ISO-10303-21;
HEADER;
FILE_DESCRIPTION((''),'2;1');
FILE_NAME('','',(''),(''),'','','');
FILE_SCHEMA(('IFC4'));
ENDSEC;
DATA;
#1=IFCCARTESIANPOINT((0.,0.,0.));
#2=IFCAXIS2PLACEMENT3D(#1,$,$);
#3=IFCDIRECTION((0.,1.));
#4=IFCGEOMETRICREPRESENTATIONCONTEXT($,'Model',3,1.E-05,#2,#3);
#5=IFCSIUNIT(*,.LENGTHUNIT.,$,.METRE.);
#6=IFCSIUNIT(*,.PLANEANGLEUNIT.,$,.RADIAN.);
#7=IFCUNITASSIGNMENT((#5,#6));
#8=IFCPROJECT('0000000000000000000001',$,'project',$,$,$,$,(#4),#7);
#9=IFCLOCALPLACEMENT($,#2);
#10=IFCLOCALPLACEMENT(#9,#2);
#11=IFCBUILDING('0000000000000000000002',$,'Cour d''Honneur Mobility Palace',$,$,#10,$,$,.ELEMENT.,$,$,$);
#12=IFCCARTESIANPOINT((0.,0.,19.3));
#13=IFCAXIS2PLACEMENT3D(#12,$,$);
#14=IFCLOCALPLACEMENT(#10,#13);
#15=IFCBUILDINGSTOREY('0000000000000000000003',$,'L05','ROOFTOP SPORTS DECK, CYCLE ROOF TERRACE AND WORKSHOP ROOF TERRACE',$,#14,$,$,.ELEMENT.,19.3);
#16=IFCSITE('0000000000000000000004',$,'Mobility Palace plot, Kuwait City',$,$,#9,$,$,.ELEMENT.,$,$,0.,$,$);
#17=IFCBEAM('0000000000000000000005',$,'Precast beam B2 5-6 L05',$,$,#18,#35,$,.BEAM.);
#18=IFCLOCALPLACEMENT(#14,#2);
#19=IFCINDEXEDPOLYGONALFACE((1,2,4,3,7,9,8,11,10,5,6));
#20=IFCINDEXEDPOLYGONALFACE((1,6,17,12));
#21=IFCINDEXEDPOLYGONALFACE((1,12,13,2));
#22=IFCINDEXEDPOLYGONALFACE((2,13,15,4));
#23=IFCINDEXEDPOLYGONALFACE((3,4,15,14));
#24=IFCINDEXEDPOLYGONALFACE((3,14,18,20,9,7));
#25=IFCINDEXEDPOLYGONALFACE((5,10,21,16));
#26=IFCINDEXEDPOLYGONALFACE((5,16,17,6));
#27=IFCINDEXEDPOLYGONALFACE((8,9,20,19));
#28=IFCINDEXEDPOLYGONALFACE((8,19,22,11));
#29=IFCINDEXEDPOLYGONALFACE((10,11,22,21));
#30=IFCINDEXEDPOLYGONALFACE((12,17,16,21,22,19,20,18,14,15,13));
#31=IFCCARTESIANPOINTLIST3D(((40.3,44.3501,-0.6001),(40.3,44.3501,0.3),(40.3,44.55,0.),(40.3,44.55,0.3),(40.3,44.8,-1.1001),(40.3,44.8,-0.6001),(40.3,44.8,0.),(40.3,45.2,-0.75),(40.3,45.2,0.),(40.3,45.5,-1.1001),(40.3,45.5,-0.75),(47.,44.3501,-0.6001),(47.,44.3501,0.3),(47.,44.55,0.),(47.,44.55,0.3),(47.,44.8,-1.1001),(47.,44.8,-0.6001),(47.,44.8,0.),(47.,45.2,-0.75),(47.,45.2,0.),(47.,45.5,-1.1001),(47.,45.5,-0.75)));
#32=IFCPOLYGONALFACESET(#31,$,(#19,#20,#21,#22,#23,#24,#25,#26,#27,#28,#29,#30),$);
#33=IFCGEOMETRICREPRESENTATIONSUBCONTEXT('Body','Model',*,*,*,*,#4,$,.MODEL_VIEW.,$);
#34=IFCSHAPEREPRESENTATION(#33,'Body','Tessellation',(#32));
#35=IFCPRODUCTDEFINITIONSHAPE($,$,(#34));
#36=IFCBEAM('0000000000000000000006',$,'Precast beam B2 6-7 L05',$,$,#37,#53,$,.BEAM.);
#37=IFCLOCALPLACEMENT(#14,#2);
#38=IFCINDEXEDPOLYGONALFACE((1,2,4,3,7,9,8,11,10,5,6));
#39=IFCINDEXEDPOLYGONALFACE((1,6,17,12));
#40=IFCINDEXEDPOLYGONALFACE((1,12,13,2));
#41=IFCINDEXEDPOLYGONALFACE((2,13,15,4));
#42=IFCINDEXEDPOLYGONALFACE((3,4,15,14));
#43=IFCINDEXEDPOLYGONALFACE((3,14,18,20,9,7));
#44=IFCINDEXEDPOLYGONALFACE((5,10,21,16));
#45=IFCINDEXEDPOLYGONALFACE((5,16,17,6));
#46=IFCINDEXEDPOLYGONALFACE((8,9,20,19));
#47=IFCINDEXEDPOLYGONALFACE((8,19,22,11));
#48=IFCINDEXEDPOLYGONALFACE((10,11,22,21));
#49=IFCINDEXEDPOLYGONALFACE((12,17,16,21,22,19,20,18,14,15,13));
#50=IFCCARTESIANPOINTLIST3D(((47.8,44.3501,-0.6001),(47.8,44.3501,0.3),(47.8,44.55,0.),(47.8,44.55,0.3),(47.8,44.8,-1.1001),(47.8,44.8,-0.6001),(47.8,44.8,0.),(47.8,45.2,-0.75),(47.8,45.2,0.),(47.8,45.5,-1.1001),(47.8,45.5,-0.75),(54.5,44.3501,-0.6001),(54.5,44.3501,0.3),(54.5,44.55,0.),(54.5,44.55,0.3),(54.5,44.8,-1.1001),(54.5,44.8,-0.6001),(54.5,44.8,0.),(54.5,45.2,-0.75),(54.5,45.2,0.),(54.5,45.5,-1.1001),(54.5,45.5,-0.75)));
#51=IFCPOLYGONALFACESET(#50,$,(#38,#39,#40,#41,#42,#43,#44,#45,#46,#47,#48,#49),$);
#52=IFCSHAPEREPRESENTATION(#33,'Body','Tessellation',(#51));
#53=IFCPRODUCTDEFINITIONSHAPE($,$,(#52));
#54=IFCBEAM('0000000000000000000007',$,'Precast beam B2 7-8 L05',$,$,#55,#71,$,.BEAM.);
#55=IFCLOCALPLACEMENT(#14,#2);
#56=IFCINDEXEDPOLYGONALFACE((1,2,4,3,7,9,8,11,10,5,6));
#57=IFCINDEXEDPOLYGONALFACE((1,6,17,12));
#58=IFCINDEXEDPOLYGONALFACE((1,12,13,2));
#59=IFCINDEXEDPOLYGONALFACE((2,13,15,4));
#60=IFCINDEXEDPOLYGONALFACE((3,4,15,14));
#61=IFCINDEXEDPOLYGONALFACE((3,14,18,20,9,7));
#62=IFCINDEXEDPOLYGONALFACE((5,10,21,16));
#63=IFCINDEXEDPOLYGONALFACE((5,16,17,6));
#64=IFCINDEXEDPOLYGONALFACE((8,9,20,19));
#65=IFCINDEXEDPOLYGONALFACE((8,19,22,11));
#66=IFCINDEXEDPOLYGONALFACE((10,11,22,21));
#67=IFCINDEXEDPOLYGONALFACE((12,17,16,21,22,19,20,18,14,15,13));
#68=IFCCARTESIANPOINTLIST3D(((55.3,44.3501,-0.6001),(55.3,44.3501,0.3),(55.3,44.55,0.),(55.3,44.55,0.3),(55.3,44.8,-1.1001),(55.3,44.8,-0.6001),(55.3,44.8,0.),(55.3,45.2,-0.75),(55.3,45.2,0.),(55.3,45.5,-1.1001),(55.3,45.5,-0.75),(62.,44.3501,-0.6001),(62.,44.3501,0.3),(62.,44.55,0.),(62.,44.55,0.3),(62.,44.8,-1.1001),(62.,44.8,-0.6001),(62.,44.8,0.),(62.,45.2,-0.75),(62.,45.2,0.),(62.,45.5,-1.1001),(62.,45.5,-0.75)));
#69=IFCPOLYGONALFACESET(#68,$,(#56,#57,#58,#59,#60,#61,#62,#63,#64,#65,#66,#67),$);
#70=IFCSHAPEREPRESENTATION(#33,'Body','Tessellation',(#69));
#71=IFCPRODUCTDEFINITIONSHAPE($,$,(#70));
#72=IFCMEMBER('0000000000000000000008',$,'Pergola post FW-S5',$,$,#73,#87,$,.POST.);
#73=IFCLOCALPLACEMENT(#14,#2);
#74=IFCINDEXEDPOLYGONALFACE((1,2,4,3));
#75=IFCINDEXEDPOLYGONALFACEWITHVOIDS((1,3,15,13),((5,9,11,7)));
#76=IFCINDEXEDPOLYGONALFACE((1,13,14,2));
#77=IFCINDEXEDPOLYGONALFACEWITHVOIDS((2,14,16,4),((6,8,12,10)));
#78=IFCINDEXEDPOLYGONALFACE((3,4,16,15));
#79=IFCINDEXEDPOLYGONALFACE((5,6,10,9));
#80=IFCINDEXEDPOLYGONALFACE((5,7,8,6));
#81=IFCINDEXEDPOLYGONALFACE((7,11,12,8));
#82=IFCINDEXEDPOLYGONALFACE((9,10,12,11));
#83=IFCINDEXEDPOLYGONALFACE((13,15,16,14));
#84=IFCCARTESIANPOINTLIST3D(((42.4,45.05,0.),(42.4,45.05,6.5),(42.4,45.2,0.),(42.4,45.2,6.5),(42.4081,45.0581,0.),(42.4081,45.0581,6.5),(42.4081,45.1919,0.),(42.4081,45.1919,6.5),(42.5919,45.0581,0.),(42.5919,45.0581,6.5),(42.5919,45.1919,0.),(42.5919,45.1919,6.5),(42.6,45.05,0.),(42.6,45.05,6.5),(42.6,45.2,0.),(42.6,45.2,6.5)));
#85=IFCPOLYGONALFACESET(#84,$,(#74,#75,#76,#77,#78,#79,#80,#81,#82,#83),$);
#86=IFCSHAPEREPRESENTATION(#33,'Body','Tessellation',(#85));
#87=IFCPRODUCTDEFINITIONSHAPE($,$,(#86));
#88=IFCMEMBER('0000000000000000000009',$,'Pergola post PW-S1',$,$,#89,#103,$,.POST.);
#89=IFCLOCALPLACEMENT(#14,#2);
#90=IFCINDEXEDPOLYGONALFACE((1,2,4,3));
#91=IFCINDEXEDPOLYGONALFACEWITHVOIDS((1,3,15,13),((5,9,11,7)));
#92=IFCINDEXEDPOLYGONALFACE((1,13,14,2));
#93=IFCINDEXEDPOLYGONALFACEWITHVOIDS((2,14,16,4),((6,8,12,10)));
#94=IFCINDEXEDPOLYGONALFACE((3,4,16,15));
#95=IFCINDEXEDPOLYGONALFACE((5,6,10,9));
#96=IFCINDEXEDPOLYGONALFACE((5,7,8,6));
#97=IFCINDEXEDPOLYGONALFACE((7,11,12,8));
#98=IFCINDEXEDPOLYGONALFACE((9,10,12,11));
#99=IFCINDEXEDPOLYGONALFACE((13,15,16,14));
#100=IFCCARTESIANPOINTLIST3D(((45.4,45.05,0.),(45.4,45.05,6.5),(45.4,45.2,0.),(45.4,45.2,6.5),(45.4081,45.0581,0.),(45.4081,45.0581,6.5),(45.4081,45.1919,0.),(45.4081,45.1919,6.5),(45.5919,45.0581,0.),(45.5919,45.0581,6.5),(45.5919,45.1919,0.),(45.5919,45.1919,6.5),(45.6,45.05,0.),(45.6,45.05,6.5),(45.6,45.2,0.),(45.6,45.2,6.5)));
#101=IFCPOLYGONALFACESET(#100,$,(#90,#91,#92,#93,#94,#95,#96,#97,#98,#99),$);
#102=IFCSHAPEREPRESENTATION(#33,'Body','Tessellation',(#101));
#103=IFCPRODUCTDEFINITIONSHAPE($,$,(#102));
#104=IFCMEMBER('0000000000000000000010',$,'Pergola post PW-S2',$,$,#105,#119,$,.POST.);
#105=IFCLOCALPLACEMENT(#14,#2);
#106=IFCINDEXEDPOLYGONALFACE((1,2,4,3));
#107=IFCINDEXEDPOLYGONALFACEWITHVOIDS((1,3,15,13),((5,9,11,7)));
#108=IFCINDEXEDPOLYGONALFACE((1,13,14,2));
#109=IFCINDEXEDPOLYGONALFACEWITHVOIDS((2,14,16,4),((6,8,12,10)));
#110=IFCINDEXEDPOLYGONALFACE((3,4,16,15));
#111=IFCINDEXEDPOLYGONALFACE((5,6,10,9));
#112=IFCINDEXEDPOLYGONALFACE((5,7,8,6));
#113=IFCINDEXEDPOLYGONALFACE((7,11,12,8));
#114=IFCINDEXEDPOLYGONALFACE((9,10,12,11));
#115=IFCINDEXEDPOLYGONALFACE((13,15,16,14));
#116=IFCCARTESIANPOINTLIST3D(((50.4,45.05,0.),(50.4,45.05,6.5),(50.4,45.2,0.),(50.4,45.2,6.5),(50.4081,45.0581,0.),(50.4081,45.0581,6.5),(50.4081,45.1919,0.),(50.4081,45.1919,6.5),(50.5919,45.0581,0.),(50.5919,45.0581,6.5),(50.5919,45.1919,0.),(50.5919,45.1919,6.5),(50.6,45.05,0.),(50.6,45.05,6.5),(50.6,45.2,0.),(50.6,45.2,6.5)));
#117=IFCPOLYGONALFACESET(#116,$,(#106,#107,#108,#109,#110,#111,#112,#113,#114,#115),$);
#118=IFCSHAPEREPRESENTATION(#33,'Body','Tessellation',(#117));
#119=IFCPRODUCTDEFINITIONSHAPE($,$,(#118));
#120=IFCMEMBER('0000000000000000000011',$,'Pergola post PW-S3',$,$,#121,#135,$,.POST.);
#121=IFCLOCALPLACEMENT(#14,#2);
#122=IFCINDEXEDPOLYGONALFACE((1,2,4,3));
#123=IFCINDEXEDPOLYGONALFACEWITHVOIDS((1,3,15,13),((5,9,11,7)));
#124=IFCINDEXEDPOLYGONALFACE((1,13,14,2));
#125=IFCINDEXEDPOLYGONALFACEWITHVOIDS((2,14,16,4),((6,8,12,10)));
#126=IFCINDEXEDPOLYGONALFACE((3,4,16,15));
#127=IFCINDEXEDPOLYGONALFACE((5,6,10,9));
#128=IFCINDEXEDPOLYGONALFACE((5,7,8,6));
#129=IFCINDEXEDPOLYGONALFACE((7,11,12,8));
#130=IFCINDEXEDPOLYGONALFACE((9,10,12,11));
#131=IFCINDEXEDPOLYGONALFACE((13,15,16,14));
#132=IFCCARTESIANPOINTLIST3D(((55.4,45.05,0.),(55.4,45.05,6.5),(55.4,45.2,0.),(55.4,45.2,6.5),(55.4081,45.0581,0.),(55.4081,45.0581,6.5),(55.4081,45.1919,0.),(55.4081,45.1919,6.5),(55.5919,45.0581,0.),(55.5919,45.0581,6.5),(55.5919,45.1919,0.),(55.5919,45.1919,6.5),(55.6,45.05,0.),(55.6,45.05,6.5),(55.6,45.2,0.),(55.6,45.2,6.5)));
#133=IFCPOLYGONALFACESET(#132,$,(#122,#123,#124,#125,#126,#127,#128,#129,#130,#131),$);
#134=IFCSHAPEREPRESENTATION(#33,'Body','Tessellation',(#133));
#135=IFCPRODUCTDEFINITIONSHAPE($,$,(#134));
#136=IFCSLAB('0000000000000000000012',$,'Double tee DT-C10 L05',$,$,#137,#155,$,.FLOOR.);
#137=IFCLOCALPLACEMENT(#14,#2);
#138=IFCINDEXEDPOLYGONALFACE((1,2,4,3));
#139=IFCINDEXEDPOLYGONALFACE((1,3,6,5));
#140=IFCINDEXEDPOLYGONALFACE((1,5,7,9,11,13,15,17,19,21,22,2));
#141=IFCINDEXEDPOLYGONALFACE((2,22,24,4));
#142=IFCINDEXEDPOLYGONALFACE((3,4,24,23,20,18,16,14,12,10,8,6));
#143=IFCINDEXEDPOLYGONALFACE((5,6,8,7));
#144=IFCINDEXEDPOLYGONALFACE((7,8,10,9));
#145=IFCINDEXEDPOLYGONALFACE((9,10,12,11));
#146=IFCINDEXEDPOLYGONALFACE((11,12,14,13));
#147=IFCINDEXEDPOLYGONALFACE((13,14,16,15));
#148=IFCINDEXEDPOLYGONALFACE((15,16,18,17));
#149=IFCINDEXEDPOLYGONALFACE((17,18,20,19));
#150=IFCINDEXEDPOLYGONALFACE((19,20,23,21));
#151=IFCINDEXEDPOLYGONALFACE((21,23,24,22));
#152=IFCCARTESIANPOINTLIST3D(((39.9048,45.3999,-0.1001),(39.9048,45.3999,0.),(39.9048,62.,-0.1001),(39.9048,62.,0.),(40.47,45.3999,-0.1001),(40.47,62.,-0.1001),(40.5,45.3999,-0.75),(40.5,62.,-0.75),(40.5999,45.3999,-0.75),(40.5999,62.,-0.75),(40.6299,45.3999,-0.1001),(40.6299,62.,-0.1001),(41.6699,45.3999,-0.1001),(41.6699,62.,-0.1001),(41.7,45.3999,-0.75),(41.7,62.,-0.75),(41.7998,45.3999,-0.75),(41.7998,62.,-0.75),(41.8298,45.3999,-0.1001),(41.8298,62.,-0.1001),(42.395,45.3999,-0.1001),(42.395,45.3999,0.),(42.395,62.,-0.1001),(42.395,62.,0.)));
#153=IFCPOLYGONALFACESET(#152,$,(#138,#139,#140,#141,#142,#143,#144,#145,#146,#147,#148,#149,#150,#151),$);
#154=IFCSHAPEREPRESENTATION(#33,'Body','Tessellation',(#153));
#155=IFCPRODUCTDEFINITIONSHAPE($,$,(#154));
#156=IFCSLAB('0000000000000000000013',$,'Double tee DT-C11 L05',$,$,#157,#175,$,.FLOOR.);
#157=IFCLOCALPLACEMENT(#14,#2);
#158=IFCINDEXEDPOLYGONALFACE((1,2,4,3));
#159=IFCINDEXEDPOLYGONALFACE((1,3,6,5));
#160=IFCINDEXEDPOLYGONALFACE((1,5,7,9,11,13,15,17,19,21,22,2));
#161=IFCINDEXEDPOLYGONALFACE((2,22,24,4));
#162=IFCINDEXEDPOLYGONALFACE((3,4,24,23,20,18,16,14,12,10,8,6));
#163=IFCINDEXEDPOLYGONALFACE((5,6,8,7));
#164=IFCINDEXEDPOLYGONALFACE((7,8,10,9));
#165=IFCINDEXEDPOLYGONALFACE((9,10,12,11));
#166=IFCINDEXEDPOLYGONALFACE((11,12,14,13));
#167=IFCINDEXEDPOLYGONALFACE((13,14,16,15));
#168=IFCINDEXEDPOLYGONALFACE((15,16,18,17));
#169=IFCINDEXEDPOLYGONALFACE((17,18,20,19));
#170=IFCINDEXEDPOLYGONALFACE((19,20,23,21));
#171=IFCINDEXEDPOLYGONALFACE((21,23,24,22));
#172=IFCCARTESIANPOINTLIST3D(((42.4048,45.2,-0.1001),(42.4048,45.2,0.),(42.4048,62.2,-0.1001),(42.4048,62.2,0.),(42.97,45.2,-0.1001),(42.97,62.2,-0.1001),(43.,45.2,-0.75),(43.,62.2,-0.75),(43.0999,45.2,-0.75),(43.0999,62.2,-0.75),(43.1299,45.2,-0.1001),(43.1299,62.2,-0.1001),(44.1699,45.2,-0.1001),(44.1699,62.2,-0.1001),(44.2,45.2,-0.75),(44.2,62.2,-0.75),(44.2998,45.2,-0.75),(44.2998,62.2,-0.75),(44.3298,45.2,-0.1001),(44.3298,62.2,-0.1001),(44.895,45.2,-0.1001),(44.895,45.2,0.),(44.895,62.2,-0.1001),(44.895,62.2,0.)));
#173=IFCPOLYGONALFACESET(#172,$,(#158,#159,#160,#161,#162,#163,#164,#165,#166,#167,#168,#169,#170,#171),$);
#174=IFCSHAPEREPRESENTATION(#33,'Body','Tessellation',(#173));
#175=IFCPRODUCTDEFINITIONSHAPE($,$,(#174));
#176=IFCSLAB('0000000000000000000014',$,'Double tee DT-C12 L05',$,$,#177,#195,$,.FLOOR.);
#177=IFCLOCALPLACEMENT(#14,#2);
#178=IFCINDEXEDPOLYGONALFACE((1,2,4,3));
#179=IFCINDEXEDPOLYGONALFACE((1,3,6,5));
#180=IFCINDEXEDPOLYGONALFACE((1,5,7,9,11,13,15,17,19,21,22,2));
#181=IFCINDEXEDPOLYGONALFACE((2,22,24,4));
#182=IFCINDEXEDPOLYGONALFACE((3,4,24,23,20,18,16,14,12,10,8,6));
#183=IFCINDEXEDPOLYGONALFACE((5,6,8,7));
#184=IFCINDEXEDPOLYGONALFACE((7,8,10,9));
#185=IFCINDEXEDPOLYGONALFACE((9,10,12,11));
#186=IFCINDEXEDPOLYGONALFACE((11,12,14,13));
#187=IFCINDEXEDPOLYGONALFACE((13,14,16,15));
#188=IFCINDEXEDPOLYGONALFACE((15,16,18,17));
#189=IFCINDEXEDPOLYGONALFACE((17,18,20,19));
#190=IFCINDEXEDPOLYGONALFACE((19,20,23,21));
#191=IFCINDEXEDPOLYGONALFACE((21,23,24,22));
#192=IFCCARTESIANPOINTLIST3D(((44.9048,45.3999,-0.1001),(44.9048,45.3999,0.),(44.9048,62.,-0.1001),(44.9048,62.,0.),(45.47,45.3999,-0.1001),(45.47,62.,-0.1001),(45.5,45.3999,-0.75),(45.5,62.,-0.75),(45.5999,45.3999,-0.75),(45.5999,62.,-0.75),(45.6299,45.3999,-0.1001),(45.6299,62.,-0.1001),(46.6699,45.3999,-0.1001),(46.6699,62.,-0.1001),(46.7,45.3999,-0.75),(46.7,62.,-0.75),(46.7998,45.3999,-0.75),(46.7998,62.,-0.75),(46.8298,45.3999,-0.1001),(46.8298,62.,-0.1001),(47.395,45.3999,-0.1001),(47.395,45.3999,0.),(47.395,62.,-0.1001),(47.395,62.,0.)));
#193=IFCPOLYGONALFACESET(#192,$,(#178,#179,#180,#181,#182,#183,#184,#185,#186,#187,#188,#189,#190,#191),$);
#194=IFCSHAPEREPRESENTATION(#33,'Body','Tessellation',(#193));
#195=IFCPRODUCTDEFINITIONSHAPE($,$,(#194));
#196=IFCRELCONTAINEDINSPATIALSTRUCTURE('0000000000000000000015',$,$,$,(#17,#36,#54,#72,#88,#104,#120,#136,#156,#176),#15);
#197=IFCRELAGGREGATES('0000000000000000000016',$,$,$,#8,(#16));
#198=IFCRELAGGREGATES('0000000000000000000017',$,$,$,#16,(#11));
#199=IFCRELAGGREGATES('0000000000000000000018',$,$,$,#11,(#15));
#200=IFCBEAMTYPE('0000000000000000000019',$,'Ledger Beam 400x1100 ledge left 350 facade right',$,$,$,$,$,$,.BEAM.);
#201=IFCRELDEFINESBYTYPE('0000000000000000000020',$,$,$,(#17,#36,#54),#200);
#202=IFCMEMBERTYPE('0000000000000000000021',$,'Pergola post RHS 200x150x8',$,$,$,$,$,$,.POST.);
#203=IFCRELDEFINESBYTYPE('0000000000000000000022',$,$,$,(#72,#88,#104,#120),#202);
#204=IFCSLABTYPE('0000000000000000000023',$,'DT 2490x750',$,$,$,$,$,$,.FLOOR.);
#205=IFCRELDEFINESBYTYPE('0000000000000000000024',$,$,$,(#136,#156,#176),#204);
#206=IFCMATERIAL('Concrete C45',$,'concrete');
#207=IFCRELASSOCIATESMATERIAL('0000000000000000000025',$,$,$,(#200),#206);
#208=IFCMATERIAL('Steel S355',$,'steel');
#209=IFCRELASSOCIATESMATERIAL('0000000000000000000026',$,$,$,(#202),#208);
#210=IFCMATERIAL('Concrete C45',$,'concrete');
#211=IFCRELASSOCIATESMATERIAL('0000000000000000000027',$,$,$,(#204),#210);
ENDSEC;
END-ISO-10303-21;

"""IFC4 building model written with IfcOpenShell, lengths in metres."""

from ifc_helpers import new_model, si_unit, direction, frame, origin, origin_2d, place, context, subcontext, project, spatial, polyline, hollow_rectangle, outline, extrude, material, material_profile, profile_set, type_object, element, save


model = new_model("IFC4")

# Units and contexts
model_context = context("Model", 3, precision=1e-05, world=origin(), true_north=direction((0.0, 1.0)))
body_context = subcontext(model_context, "Body", "Model", "MODEL_VIEW")
ifc_project = project(units=[si_unit("LENGTHUNIT", "METRE"), si_unit("PLANEANGLEUNIT", "RADIAN")], contexts=[model_context])

# Site, building, storey
site_placement = place(None, origin())
site = spatial("IfcSite", under=ifc_project, at=site_placement, Name="Mobility Palace plot, Kuwait City", CompositionType="ELEMENT", RefElevation=0.0)
building_placement = place(site_placement, origin())
building = spatial("IfcBuilding", under=site, at=building_placement, Name="Cour d'Honneur Mobility Palace", CompositionType="ELEMENT")
storey_placement = place(building_placement, frame((0.0, 0.0, 19.3)))
storey = spatial("IfcBuildingStorey", under=building, at=storey_placement, Name="L05", Description="ROOFTOP SPORTS DECK, CYCLE ROOF TERRACE AND WORKSHOP ROOF TERRACE", CompositionType="ELEMENT", Elevation=19.3)

# Beams
ifc_material_1 = material(Name="Concrete C45", Category="concrete")
ifc_material_profile_1 = material_profile(ifc_material_1, outline(polyline([(0.5, -1.1001), (0.5, -0.75), (0.2, -0.75), (0.2, 0.0), (-0.2, 0.0), (-0.45, 0.0), (-0.45, 0.3), (-0.6499, 0.3), (-0.6499, -0.6001), (-0.2, -0.6001), (-0.2, -1.1001), (0.5, -1.1001)])), Name="Ledger Beam 400x1100 ledge left 350 facade right")
ifc_profile_set_1 = profile_set([ifc_material_profile_1], Name="Concrete C45")
beam_type = type_object("IfcBeamType", Name="Ledger Beam 400x1100 ledge left 350 facade right", PredefinedType="BEAM", material=ifc_profile_set_1)
for number, where, z_axis, x_axis, name in (
    (1, (40.3, 45.0, 0.0), (1.0, 0.0, 0.0), (0.0, 1.0, 0.0), "Precast beam B2 5-6 L05"),
    (2, (47.8, 45.0, 0.0), (1.0, 0.0, 0.0), (0.0, 1.0, 0.0), "Precast beam B2 6-7 L05"),
    (3, (55.3, 45.0, 0.0), (1.0, 0.0, 0.0), (0.0, 1.0, 0.0), "Precast beam B2 7-8 L05"),
):
    element("IfcBeam", number, at=place(storey_placement, frame(where, z_axis=z_axis, x_axis=x_axis)), inside=storey, type_object=beam_type, Name=name, PredefinedType="BEAM", context=body_context, shape_type="SweptSolid", body=[
        extrude(outline(polyline([(0.5, -1.1001), (0.5, -0.75), (0.2, -0.75), (0.2, 0.0), (-0.2, 0.0), (-0.45, 0.0), (-0.45, 0.3), (-0.6499, 0.3), (-0.6499, -0.6001), (-0.2, -0.6001), (-0.2, -1.1001), (0.5, -1.1001)])), origin(), (0.0, 0.0, 1.0), 6.7),
    ])

# Members
ifc_material_2 = material(Name="Steel S355", Category="steel")
ifc_material_profile_2 = material_profile(ifc_material_2, hollow_rectangle(XDim=0.1499, YDim=0.2, WallThickness=0.0081, at=origin_2d()), Name="RHS 200x150x8")
ifc_profile_set_2 = profile_set([ifc_material_profile_2], Name="Steel S355")
member_type = type_object("IfcMemberType", Name="Pergola post RHS 200x150x8", PredefinedType="POST", material=ifc_profile_set_2)
for number, where, z_axis, x_axis, name in (
    (4, (42.5, 45.125, 0.0), (0.0, 0.0, 1.0), (0.0, 1.0, 0.0), "Pergola post FW-S5"),
    (5, (45.5, 45.125, 0.0), (0.0, 0.0, 1.0), (0.0, 1.0, 0.0), "Pergola post PW-S1"),
    (6, (50.5, 45.125, 0.0), (0.0, 0.0, 1.0), (0.0, 1.0, 0.0), "Pergola post PW-S2"),
    (7, (55.5, 45.125, 0.0), (0.0, 0.0, 1.0), (0.0, 1.0, 0.0), "Pergola post PW-S3"),
):
    element("IfcMember", number, at=place(storey_placement, frame(where, z_axis=z_axis, x_axis=x_axis)), inside=storey, type_object=member_type, Name=name, PredefinedType="POST", context=body_context, shape_type="SweptSolid", body=[
        extrude(hollow_rectangle(XDim=0.1499, YDim=0.2, WallThickness=0.0081, at=origin_2d()), origin(), (0.0, 0.0, 1.0), 6.5),
    ])

# Slabs
ifc_material_3 = material(Name="Concrete C45", Category="concrete")
ifc_material_profile_3 = material_profile(ifc_material_3, outline(polyline([(-1.2451, 0.0), (1.2451, 0.0), (1.2451, -0.1001), (0.6799, -0.1001), (0.6499, -0.75), (0.55, -0.75), (0.52, -0.1001), (-0.52, -0.1001), (-0.55, -0.75), (-0.6499, -0.75), (-0.6799, -0.1001), (-1.2451, -0.1001), (-1.2451, 0.0)])), Name="DT 2490x750")
ifc_profile_set_3 = profile_set([ifc_material_profile_3], Name="Concrete C45")
slab_type = type_object("IfcSlabType", Name="DT 2490x750", PredefinedType="FLOOR", material=ifc_profile_set_3)
slab_1_placement = place(storey_placement, frame((41.1499, 45.3999, 0.0), z_axis=(0.0, 1.0, 0.0), x_axis=(-1.0, 0.0, 0.0)))
element("IfcSlab", 8, at=slab_1_placement, inside=storey, type_object=slab_type, Name="Double tee DT-C10 L05", PredefinedType="FLOOR", context=body_context, shape_type="SweptSolid", body=[
    extrude(outline(polyline([(-1.2451, 0.0), (1.2451, 0.0), (1.2451, -0.1001), (0.6799, -0.1001), (0.6499, -0.75), (0.55, -0.75), (0.52, -0.1001), (-0.52, -0.1001), (-0.55, -0.75), (-0.6499, -0.75), (-0.6799, -0.1001), (-1.2451, -0.1001), (-1.2451, 0.0)])), origin(), (0.0, 0.0, 1.0), 16.6001),
])
slab_2_placement = place(storey_placement, frame((43.6499, 45.2, 0.0), z_axis=(0.0, 1.0, 0.0), x_axis=(-1.0, 0.0, 0.0)))
element("IfcSlab", 9, at=slab_2_placement, inside=storey, type_object=slab_type, Name="Double tee DT-C11 L05", PredefinedType="FLOOR", context=body_context, shape_type="SweptSolid", body=[
    extrude(outline(polyline([(-1.2451, 0.0), (1.2451, 0.0), (1.2451, -0.1001), (0.6799, -0.1001), (0.6499, -0.75), (0.55, -0.75), (0.52, -0.1001), (-0.52, -0.1001), (-0.55, -0.75), (-0.6499, -0.75), (-0.6799, -0.1001), (-1.2451, -0.1001), (-1.2451, 0.0)])), origin(), (0.0, 0.0, 1.0), 17.0),
])
for number, where, z_axis, x_axis, name in (
    (10, (46.1499, 45.3999, 0.0), (0.0, 1.0, 0.0), (-1.0, 0.0, 0.0), "Double tee DT-C12 L05"),
):
    element("IfcSlab", number, at=place(storey_placement, frame(where, z_axis=z_axis, x_axis=x_axis)), inside=storey, type_object=slab_type, Name=name, PredefinedType="FLOOR", context=body_context, shape_type="SweptSolid", body=[
        extrude(outline(polyline([(-1.2451, 0.0), (1.2451, 0.0), (1.2451, -0.1001), (0.6799, -0.1001), (0.6499, -0.75), (0.55, -0.75), (0.52, -0.1001), (-0.52, -0.1001), (-0.55, -0.75), (-0.6499, -0.75), (-0.6799, -0.1001), (-1.2451, -0.1001), (-1.2451, 0.0)])), origin(), (0.0, 0.0, 1.0), 16.6001),
    ])

save(model, "model.ifc")
